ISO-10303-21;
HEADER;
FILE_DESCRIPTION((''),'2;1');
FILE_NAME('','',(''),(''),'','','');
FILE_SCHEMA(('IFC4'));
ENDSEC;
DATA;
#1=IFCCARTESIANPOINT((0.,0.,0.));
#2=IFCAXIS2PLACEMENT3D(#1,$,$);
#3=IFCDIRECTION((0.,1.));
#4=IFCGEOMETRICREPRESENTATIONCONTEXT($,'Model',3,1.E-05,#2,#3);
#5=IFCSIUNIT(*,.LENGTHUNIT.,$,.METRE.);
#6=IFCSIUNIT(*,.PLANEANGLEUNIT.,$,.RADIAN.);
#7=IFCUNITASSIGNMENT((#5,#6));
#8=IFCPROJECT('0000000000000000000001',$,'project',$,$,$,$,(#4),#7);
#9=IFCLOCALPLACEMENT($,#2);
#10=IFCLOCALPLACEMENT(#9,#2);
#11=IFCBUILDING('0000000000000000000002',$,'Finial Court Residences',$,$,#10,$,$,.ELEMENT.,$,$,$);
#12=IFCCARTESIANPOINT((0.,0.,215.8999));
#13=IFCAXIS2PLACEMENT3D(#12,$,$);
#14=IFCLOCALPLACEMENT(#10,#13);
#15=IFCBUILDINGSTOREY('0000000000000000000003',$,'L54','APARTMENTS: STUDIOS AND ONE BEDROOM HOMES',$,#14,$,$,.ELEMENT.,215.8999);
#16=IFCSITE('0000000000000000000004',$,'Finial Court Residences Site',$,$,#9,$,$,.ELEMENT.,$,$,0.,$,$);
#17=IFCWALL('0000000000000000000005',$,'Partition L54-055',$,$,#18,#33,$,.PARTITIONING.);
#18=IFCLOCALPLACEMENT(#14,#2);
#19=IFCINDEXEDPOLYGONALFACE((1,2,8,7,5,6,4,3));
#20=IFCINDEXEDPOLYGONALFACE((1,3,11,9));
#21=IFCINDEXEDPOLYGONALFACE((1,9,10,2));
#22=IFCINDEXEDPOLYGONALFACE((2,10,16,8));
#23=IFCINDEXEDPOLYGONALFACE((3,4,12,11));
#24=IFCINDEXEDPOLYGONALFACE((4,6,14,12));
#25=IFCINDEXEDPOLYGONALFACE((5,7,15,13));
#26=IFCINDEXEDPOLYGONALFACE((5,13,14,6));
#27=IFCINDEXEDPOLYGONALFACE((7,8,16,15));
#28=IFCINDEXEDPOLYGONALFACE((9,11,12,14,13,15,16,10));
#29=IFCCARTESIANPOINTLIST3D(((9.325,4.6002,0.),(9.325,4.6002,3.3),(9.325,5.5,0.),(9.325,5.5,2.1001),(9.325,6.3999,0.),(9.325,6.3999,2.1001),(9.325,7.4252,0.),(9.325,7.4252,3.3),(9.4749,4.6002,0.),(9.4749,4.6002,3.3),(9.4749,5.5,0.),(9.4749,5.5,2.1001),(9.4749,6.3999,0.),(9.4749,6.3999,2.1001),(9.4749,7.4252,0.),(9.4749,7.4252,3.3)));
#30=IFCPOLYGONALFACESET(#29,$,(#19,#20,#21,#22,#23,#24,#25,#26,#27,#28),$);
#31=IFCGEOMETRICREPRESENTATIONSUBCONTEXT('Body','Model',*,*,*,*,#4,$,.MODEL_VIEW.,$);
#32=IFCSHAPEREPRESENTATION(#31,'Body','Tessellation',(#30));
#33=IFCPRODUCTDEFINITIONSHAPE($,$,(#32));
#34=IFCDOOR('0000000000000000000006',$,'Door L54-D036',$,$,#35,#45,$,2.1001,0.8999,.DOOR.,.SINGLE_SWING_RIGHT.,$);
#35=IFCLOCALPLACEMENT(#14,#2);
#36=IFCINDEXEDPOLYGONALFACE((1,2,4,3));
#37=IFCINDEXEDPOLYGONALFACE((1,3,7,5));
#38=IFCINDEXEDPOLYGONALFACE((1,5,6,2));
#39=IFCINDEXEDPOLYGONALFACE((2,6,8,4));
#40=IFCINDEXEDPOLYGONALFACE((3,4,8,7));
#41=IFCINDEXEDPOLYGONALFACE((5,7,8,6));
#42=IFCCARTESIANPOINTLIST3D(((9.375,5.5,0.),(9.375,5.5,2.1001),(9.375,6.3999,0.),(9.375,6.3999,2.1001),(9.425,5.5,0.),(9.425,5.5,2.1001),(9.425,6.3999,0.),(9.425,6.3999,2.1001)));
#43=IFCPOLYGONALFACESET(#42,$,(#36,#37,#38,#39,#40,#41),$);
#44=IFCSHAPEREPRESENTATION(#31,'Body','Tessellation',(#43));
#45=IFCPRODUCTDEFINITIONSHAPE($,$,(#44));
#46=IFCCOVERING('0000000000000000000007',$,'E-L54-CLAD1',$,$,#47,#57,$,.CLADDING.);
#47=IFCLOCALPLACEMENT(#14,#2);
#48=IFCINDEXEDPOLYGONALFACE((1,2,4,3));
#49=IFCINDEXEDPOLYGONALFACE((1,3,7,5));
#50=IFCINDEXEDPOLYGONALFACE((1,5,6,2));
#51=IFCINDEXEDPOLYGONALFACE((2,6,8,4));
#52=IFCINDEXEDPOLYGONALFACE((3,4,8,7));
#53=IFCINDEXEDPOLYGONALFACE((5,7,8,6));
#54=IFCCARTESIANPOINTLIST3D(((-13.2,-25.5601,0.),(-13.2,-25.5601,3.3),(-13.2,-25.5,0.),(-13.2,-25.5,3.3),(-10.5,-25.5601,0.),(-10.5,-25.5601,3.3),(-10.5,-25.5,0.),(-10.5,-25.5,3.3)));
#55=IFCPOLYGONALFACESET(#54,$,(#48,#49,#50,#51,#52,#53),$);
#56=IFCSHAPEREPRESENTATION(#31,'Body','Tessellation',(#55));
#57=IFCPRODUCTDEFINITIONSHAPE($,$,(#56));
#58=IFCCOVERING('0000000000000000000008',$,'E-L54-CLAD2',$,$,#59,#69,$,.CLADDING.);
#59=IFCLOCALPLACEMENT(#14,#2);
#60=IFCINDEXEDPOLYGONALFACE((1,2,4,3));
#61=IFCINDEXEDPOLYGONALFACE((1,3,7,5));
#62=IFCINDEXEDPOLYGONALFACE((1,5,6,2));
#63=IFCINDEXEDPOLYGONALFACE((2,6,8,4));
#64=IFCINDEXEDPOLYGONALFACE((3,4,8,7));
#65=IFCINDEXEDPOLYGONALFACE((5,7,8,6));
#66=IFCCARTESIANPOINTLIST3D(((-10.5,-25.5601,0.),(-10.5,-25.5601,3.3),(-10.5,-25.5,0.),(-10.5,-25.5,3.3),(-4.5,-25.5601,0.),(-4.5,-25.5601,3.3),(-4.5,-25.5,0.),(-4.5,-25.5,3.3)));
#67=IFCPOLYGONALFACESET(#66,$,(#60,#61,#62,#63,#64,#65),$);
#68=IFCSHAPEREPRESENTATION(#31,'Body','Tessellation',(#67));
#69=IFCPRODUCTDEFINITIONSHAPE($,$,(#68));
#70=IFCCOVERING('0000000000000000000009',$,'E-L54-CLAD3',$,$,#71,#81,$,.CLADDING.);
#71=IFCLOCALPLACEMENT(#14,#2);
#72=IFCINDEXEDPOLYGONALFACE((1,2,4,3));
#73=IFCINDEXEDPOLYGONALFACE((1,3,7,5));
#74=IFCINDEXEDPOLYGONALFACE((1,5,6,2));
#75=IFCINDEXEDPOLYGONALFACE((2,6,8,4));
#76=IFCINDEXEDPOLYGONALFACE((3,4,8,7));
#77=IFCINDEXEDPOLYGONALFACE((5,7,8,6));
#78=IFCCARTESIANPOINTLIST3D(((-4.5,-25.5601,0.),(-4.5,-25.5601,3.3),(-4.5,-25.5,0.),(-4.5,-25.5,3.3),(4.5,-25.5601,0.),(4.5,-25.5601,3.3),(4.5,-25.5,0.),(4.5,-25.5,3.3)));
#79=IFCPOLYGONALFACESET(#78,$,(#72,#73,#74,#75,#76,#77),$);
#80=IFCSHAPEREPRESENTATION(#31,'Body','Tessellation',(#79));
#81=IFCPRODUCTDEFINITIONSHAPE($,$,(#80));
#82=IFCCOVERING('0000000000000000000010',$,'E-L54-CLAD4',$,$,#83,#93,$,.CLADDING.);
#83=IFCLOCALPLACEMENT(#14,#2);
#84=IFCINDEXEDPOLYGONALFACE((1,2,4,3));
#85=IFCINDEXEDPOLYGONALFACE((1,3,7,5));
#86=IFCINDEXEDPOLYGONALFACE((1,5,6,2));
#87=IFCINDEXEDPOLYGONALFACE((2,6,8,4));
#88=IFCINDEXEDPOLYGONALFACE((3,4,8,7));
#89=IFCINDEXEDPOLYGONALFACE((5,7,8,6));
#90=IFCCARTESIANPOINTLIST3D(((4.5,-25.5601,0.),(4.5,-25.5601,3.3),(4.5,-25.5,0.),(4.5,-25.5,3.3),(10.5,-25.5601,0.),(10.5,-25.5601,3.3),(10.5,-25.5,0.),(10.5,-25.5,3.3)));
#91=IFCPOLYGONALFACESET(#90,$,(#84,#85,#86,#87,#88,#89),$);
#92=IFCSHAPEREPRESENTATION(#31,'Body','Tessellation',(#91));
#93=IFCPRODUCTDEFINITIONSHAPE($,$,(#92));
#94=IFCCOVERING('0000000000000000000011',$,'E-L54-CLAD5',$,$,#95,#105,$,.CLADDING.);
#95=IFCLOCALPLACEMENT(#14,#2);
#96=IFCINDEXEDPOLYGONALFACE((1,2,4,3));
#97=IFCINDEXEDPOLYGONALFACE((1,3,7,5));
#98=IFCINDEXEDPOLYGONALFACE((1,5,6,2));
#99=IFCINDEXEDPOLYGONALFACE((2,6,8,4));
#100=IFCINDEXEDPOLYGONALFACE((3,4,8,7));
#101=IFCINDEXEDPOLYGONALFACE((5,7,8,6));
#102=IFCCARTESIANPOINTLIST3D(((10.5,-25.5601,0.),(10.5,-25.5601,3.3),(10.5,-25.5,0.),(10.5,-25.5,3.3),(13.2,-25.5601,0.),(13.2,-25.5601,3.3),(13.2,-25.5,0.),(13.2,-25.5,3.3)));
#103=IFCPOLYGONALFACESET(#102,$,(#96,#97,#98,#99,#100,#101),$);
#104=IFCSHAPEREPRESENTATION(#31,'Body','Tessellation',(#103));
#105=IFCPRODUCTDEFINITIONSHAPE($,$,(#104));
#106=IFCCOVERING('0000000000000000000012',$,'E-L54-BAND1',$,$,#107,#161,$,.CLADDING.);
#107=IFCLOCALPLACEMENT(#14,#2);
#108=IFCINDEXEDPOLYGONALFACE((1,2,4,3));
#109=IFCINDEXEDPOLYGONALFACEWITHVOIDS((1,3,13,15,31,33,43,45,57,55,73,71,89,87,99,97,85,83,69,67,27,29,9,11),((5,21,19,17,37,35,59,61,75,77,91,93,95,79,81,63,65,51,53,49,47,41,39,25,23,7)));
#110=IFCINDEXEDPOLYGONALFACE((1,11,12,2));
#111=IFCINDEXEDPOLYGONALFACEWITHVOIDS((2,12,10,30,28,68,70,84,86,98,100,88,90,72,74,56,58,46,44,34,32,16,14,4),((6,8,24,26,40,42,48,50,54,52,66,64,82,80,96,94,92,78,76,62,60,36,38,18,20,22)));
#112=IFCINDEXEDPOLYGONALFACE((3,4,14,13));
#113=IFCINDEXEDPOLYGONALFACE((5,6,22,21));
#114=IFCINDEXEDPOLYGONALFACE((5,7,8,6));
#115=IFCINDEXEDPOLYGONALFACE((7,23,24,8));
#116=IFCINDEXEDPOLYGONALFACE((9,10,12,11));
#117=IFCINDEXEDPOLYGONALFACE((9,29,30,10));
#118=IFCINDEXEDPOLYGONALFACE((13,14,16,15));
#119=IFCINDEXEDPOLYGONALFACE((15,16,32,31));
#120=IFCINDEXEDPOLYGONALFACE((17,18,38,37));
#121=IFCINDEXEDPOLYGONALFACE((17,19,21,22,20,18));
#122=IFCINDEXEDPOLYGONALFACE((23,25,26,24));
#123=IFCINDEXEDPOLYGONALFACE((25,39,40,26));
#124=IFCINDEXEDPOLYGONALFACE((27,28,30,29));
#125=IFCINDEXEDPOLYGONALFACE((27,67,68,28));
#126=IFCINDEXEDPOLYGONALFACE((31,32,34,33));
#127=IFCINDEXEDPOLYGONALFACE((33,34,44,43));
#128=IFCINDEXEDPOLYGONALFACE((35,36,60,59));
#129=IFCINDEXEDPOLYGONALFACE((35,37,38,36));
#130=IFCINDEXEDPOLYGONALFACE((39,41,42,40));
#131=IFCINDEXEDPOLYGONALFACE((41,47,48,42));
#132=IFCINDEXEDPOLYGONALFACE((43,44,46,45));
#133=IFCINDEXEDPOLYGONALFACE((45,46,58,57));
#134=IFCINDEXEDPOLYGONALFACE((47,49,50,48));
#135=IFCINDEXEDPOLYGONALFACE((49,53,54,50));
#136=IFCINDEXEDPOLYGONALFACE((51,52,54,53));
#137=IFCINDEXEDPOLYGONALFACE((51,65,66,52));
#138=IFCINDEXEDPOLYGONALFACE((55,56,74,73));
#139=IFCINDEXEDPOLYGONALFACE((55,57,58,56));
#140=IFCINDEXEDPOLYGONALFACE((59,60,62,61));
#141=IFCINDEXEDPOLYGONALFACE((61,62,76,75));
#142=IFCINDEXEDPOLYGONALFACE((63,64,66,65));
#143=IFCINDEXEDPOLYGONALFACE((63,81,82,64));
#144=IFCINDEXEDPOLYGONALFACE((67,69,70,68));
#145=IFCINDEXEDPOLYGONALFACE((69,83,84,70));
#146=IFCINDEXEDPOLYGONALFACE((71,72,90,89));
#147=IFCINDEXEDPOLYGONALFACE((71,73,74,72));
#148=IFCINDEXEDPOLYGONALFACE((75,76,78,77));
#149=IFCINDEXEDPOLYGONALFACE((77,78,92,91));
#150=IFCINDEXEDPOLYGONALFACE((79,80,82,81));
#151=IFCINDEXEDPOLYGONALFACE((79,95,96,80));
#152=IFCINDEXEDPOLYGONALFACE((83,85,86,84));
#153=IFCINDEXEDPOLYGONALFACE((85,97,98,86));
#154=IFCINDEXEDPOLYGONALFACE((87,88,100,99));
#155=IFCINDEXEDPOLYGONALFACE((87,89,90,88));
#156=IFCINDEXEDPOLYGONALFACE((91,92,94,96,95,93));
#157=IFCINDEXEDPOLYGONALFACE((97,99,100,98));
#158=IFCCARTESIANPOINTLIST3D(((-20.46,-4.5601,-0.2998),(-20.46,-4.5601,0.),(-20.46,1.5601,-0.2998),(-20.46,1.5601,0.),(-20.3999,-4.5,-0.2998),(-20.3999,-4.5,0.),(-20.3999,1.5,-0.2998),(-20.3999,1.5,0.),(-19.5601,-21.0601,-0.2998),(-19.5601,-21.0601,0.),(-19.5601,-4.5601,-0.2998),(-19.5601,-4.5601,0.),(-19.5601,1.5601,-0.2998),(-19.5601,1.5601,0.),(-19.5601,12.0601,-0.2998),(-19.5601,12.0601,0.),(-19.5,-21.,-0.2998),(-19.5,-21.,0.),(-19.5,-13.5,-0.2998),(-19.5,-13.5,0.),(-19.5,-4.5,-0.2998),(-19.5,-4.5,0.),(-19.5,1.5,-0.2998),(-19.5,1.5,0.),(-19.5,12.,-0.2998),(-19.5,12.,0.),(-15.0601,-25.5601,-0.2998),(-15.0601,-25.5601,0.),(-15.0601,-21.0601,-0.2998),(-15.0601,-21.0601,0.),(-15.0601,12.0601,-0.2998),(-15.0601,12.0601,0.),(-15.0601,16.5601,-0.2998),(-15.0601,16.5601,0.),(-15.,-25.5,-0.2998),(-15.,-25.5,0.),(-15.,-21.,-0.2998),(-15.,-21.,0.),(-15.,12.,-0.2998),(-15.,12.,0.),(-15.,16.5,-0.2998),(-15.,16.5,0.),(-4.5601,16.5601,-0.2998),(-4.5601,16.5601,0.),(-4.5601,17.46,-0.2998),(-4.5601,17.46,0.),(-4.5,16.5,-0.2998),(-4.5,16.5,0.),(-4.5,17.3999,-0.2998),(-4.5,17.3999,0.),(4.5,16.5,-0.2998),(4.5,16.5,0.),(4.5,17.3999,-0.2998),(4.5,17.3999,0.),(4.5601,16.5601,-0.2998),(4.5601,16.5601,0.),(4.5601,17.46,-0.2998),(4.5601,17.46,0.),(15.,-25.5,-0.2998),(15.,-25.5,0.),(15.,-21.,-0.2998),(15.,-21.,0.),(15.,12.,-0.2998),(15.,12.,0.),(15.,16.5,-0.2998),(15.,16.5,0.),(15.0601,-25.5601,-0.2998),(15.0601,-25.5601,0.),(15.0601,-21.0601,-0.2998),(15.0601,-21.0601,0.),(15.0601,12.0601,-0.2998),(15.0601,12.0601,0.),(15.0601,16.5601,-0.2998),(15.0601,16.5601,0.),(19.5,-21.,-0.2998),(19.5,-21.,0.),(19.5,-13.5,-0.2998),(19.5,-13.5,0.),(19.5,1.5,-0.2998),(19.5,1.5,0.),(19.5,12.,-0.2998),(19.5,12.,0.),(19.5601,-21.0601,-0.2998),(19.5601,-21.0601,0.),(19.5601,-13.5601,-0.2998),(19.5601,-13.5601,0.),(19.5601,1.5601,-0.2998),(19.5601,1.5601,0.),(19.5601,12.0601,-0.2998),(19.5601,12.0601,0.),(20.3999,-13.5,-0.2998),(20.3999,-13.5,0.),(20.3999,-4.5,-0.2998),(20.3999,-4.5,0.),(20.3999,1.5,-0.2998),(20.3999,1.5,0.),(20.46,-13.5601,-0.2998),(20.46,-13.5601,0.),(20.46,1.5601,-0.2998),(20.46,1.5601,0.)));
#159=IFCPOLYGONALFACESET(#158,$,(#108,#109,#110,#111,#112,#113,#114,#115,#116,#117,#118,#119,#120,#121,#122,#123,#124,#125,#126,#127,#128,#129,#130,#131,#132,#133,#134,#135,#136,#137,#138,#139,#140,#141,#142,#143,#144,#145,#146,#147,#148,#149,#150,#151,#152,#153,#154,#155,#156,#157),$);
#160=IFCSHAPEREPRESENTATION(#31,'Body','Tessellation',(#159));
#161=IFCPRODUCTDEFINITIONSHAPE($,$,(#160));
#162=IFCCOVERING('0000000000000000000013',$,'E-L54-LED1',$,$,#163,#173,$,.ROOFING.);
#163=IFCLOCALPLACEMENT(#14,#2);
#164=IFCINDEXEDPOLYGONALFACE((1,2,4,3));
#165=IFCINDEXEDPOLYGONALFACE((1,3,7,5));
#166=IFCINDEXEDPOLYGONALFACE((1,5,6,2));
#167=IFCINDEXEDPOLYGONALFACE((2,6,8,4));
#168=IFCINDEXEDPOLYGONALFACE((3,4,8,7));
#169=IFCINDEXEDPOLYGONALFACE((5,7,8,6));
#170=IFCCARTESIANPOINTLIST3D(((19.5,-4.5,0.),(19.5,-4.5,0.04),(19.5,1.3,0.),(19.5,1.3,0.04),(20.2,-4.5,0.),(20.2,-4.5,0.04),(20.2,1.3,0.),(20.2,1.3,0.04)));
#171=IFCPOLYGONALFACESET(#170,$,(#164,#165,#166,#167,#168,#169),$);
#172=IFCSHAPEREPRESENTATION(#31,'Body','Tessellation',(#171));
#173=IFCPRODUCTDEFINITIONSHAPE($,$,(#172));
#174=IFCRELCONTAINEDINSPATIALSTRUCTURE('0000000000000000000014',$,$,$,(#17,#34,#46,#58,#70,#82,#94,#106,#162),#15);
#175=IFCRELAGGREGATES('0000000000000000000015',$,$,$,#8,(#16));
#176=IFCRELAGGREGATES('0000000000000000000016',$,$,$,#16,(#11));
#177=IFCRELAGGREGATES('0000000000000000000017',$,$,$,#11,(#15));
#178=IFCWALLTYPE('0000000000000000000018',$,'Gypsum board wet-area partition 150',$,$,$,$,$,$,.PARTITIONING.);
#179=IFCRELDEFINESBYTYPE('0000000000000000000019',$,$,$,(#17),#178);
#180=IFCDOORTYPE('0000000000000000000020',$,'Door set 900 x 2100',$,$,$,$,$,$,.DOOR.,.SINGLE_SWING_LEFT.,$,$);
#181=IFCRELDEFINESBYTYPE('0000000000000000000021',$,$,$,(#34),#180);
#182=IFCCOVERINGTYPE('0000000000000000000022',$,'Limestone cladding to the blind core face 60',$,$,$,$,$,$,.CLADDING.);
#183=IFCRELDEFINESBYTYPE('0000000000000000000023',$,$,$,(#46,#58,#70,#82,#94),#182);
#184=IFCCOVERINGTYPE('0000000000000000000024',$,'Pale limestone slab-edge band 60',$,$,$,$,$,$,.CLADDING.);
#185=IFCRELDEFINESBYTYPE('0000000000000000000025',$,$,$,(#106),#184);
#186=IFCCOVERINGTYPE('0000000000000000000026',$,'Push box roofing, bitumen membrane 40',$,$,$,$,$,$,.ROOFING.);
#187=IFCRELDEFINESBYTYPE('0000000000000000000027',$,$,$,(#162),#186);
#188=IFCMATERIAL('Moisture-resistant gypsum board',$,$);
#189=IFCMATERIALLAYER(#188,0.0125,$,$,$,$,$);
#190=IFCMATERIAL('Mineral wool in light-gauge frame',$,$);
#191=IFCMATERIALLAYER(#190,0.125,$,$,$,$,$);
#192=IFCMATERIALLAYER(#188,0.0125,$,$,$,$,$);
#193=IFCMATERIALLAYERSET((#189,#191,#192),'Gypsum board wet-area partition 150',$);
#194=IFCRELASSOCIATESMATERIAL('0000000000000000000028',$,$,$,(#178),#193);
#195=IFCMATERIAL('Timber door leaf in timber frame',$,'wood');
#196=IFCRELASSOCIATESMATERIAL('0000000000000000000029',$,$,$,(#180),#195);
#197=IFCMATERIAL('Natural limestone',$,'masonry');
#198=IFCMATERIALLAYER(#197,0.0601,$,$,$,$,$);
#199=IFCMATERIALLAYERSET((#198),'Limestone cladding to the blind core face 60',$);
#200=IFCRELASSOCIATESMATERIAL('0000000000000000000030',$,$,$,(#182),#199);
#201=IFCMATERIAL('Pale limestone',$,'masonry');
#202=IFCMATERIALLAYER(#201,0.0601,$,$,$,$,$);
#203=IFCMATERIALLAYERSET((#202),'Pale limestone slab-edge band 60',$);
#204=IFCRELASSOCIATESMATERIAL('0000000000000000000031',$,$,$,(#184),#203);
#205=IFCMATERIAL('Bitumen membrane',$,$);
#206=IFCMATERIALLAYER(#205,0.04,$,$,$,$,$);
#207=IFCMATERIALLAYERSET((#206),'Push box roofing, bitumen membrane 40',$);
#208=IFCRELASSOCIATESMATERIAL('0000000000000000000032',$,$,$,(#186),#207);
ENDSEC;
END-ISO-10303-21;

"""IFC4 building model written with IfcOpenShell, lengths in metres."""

from ifc_helpers import new_model, si_unit, direction, frame, frame_2d, origin, place, context, subcontext, project, spatial, polyline, rectangle, outline, extrude, material, layer, layer_set, type_object, element, fill, save


model = new_model("IFC4")

# Units and contexts
model_context = context("Model", 3, precision=1e-05, world=origin(), true_north=direction((0.0, 1.0)))
body_context = subcontext(model_context, "Body", "Model", "MODEL_VIEW")
ifc_project = project(units=[si_unit("LENGTHUNIT", "METRE"), si_unit("PLANEANGLEUNIT", "RADIAN")], contexts=[model_context])

# Site, building, storey
site_placement = place(None, origin())
site = spatial("IfcSite", under=ifc_project, at=site_placement, Name="Finial Court Residences Site", CompositionType="ELEMENT", RefElevation=0.0)
building_placement = place(site_placement, origin())
building = spatial("IfcBuilding", under=site, at=building_placement, Name="Finial Court Residences", CompositionType="ELEMENT")
storey_placement = place(building_placement, frame((0.0, 0.0, 215.8999)))
storey = spatial("IfcBuildingStorey", under=building, at=storey_placement, Name="L54", Description="APARTMENTS: STUDIOS AND ONE BEDROOM HOMES", CompositionType="ELEMENT", Elevation=215.8999)

# Shared definitions
ifc_material_1 = material(Name="Moisture-resistant gypsum board")
ifc_layer_1 = layer(ifc_material_1, 0.0125)
ifc_material_2 = material(Name="Mineral wool in light-gauge frame")
ifc_layer_2 = layer(ifc_material_2, 0.125)
ifc_layer_3 = layer(ifc_material_1, 0.0125)
ifc_layer_set_1 = layer_set([ifc_layer_1, ifc_layer_2, ifc_layer_3], Name="Gypsum board wet-area partition 150")
wall_type_1 = type_object("IfcWallType", Name="Gypsum board wet-area partition 150", PredefinedType="PARTITIONING", material=ifc_layer_set_1)

# Wall, opening, door
ifc_material_3 = material(Name="Timber door leaf in timber frame", Category="wood")
door_type = type_object("IfcDoorType", Name="Door set 900 x 2100", OperationType="SINGLE_SWING_LEFT", PredefinedType="DOOR", material=ifc_material_3)
wall_1_placement = place(storey_placement, frame((9.3999, 4.6001, 0.0), z_axis=(0.0, 0.0, 1.0), x_axis=(0.0, 1.0, 0.0)))
wall_1 = element("IfcWall", 1, at=wall_1_placement, inside=storey, type_object=wall_type_1, Name="Partition L54-055", PredefinedType="PARTITIONING", context=body_context, shape_type="SweptSolid", body=[
    extrude(rectangle(XDim=2.825, YDim=0.1499, at=frame_2d((1.4126, 0.0))), origin(), (0.0, 0.0, 1.0), 3.3),
])
opening_1_placement = place(wall_1_placement, frame((0.8999, 0.0, 0.0)))
opening_1 = element("IfcOpeningElement", 2, at=opening_1_placement, cuts=wall_1, PredefinedType="OPENING", context=body_context, shape_type="SweptSolid", body=[
    extrude(rectangle(XDim=0.8999, YDim=2.1001, at=frame_2d((0.45, 1.05))), frame((0.0, 0.085, 0.0), z_axis=(0.0, -1.0, 0.0), x_axis=(1.0, 0.0, 0.0)), (0.0, 0.0, 1.0), 0.1699),
])
door_1_placement = place(opening_1_placement, origin())
door_1 = element("IfcDoor", 3, at=door_1_placement, inside=storey, type_object=door_type, Name="Door L54-D036", OperationType="SINGLE_SWING_RIGHT", OverallHeight=2.1001, OverallWidth=0.8999, PredefinedType="DOOR", context=body_context, shape_type="SweptSolid", body=[
    extrude(rectangle(XDim=0.8999, YDim=2.1001, at=frame_2d((0.45, 1.05))), frame((0.0, 0.0249, 0.0), z_axis=(0.0, -1.0, 0.0), x_axis=(1.0, 0.0, 0.0)), (0.0, 0.0, 1.0), 0.05),
])
fill(opening_1, door_1)

# Coverings
ifc_material_4 = material(Name="Natural limestone", Category="masonry")
ifc_layer_4 = layer(ifc_material_4, 0.0601)
ifc_layer_set_2 = layer_set([ifc_layer_4], Name="Limestone cladding to the blind core face 60")
covering_type_1 = type_object("IfcCoveringType", Name="Limestone cladding to the blind core face 60", PredefinedType="CLADDING", material=ifc_layer_set_2)
covering_1_placement = place(storey_placement, origin())
element("IfcCovering", 4, at=covering_1_placement, inside=storey, type_object=covering_type_1, Name="E-L54-CLAD1", PredefinedType="CLADDING", context=body_context, shape_type="SweptSolid", body=[
    extrude(outline(polyline([(-10.5, -25.5601), (-10.5, -25.5), (-13.2, -25.5), (-13.2, -25.5601), (-10.5, -25.5601)])), origin(), (0.0, 0.0, 1.0), 3.3),
])
covering_2_placement = place(storey_placement, origin())
element("IfcCovering", 5, at=covering_2_placement, inside=storey, type_object=covering_type_1, Name="E-L54-CLAD2", PredefinedType="CLADDING", context=body_context, shape_type="SweptSolid", body=[
    extrude(outline(polyline([(-4.5, -25.5601), (-4.5, -25.5), (-10.5, -25.5), (-10.5, -25.5601), (-4.5, -25.5601)])), origin(), (0.0, 0.0, 1.0), 3.3),
])
covering_3_placement = place(storey_placement, origin())
element("IfcCovering", 6, at=covering_3_placement, inside=storey, type_object=covering_type_1, Name="E-L54-CLAD3", PredefinedType="CLADDING", context=body_context, shape_type="SweptSolid", body=[
    extrude(outline(polyline([(4.5, -25.5601), (4.5, -25.5), (-4.5, -25.5), (-4.5, -25.5601), (4.5, -25.5601)])), origin(), (0.0, 0.0, 1.0), 3.3),
])
covering_4_placement = place(storey_placement, origin())
element("IfcCovering", 7, at=covering_4_placement, inside=storey, type_object=covering_type_1, Name="E-L54-CLAD4", PredefinedType="CLADDING", context=body_context, shape_type="SweptSolid", body=[
    extrude(outline(polyline([(10.5, -25.5601), (10.5, -25.5), (4.5, -25.5), (4.5, -25.5601), (10.5, -25.5601)])), origin(), (0.0, 0.0, 1.0), 3.3),
])
covering_5_placement = place(storey_placement, origin())
element("IfcCovering", 8, at=covering_5_placement, inside=storey, type_object=covering_type_1, Name="E-L54-CLAD5", PredefinedType="CLADDING", context=body_context, shape_type="SweptSolid", body=[
    extrude(outline(polyline([(13.2, -25.5601), (13.2, -25.5), (10.5, -25.5), (10.5, -25.5601), (13.2, -25.5601)])), origin(), (0.0, 0.0, 1.0), 3.3),
])
ifc_material_5 = material(Name="Pale limestone", Category="masonry")
ifc_layer_5 = layer(ifc_material_5, 0.0601)
ifc_layer_set_3 = layer_set([ifc_layer_5], Name="Pale limestone slab-edge band 60")
covering_type_2 = type_object("IfcCoveringType", Name="Pale limestone slab-edge band 60", PredefinedType="CLADDING", material=ifc_layer_set_3)
covering_6_placement = place(storey_placement, frame((0.0, 0.0, -0.2998)))
element("IfcCovering", 9, at=covering_6_placement, inside=storey, type_object=covering_type_2, Name="E-L54-BAND1", PredefinedType="CLADDING", context=body_context, shape_type="SweptSolid", body=[
    extrude(outline(polyline([(-20.46, -4.5601), (-20.46, 1.5601), (-19.5601, 1.5601), (-19.5601, 12.0601), (-15.0601, 12.0601), (-15.0601, 16.5601), (-4.5601, 16.5601), (-4.5601, 17.46), (4.5601, 17.46), (4.5601, 16.5601), (15.0601, 16.5601), (15.0601, 12.0601), (19.5601, 12.0601), (19.5601, 1.5601), (20.46, 1.5601), (20.46, -13.5601), (19.5601, -13.5601), (19.5601, -21.0601), (15.0601, -21.0601), (15.0601, -25.5601), (-15.0601, -25.5601), (-15.0601, -21.0601), (-19.5601, -21.0601), (-19.5601, -4.5601), (-20.46, -4.5601)]), holes=[polyline([(-19.5, -13.5), (-19.5, -21.0), (-15.0, -21.0), (-15.0, -25.5), (15.0, -25.5), (15.0, -21.0), (19.5, -21.0), (19.5, -13.5), (20.3999, -13.5), (20.3999, -4.5), (20.3999, 1.5), (19.5, 1.5), (19.5, 12.0), (15.0, 12.0), (15.0, 16.5), (4.5, 16.5), (4.5, 17.3999), (-4.5, 17.3999), (-4.5, 16.5), (-15.0, 16.5), (-15.0, 12.0), (-19.5, 12.0), (-19.5, 1.5), (-20.3999, 1.5), (-20.3999, -4.5), (-19.5, -4.5), (-19.5, -13.5)])]), origin(), (0.0, 0.0, 1.0), 0.2998),
])
ifc_material_6 = material(Name="Bitumen membrane")
ifc_layer_6 = layer(ifc_material_6, 0.04)
ifc_layer_set_4 = layer_set([ifc_layer_6], Name="Push box roofing, bitumen membrane 40")
covering_type_3 = type_object("IfcCoveringType", Name="Push box roofing, bitumen membrane 40", PredefinedType="ROOFING", material=ifc_layer_set_4)
covering_7_placement = place(storey_placement, origin())
element("IfcCovering", 10, at=covering_7_placement, inside=storey, type_object=covering_type_3, Name="E-L54-LED1", PredefinedType="ROOFING", context=body_context, shape_type="SweptSolid", body=[
    extrude(outline(polyline([(19.5, 1.3), (20.2, 1.3), (20.2, -4.5), (19.5, -4.5), (19.5, 1.3)])), origin(), (0.0, 0.0, 1.0), 0.04),
])

save(model, "model.ifc")
